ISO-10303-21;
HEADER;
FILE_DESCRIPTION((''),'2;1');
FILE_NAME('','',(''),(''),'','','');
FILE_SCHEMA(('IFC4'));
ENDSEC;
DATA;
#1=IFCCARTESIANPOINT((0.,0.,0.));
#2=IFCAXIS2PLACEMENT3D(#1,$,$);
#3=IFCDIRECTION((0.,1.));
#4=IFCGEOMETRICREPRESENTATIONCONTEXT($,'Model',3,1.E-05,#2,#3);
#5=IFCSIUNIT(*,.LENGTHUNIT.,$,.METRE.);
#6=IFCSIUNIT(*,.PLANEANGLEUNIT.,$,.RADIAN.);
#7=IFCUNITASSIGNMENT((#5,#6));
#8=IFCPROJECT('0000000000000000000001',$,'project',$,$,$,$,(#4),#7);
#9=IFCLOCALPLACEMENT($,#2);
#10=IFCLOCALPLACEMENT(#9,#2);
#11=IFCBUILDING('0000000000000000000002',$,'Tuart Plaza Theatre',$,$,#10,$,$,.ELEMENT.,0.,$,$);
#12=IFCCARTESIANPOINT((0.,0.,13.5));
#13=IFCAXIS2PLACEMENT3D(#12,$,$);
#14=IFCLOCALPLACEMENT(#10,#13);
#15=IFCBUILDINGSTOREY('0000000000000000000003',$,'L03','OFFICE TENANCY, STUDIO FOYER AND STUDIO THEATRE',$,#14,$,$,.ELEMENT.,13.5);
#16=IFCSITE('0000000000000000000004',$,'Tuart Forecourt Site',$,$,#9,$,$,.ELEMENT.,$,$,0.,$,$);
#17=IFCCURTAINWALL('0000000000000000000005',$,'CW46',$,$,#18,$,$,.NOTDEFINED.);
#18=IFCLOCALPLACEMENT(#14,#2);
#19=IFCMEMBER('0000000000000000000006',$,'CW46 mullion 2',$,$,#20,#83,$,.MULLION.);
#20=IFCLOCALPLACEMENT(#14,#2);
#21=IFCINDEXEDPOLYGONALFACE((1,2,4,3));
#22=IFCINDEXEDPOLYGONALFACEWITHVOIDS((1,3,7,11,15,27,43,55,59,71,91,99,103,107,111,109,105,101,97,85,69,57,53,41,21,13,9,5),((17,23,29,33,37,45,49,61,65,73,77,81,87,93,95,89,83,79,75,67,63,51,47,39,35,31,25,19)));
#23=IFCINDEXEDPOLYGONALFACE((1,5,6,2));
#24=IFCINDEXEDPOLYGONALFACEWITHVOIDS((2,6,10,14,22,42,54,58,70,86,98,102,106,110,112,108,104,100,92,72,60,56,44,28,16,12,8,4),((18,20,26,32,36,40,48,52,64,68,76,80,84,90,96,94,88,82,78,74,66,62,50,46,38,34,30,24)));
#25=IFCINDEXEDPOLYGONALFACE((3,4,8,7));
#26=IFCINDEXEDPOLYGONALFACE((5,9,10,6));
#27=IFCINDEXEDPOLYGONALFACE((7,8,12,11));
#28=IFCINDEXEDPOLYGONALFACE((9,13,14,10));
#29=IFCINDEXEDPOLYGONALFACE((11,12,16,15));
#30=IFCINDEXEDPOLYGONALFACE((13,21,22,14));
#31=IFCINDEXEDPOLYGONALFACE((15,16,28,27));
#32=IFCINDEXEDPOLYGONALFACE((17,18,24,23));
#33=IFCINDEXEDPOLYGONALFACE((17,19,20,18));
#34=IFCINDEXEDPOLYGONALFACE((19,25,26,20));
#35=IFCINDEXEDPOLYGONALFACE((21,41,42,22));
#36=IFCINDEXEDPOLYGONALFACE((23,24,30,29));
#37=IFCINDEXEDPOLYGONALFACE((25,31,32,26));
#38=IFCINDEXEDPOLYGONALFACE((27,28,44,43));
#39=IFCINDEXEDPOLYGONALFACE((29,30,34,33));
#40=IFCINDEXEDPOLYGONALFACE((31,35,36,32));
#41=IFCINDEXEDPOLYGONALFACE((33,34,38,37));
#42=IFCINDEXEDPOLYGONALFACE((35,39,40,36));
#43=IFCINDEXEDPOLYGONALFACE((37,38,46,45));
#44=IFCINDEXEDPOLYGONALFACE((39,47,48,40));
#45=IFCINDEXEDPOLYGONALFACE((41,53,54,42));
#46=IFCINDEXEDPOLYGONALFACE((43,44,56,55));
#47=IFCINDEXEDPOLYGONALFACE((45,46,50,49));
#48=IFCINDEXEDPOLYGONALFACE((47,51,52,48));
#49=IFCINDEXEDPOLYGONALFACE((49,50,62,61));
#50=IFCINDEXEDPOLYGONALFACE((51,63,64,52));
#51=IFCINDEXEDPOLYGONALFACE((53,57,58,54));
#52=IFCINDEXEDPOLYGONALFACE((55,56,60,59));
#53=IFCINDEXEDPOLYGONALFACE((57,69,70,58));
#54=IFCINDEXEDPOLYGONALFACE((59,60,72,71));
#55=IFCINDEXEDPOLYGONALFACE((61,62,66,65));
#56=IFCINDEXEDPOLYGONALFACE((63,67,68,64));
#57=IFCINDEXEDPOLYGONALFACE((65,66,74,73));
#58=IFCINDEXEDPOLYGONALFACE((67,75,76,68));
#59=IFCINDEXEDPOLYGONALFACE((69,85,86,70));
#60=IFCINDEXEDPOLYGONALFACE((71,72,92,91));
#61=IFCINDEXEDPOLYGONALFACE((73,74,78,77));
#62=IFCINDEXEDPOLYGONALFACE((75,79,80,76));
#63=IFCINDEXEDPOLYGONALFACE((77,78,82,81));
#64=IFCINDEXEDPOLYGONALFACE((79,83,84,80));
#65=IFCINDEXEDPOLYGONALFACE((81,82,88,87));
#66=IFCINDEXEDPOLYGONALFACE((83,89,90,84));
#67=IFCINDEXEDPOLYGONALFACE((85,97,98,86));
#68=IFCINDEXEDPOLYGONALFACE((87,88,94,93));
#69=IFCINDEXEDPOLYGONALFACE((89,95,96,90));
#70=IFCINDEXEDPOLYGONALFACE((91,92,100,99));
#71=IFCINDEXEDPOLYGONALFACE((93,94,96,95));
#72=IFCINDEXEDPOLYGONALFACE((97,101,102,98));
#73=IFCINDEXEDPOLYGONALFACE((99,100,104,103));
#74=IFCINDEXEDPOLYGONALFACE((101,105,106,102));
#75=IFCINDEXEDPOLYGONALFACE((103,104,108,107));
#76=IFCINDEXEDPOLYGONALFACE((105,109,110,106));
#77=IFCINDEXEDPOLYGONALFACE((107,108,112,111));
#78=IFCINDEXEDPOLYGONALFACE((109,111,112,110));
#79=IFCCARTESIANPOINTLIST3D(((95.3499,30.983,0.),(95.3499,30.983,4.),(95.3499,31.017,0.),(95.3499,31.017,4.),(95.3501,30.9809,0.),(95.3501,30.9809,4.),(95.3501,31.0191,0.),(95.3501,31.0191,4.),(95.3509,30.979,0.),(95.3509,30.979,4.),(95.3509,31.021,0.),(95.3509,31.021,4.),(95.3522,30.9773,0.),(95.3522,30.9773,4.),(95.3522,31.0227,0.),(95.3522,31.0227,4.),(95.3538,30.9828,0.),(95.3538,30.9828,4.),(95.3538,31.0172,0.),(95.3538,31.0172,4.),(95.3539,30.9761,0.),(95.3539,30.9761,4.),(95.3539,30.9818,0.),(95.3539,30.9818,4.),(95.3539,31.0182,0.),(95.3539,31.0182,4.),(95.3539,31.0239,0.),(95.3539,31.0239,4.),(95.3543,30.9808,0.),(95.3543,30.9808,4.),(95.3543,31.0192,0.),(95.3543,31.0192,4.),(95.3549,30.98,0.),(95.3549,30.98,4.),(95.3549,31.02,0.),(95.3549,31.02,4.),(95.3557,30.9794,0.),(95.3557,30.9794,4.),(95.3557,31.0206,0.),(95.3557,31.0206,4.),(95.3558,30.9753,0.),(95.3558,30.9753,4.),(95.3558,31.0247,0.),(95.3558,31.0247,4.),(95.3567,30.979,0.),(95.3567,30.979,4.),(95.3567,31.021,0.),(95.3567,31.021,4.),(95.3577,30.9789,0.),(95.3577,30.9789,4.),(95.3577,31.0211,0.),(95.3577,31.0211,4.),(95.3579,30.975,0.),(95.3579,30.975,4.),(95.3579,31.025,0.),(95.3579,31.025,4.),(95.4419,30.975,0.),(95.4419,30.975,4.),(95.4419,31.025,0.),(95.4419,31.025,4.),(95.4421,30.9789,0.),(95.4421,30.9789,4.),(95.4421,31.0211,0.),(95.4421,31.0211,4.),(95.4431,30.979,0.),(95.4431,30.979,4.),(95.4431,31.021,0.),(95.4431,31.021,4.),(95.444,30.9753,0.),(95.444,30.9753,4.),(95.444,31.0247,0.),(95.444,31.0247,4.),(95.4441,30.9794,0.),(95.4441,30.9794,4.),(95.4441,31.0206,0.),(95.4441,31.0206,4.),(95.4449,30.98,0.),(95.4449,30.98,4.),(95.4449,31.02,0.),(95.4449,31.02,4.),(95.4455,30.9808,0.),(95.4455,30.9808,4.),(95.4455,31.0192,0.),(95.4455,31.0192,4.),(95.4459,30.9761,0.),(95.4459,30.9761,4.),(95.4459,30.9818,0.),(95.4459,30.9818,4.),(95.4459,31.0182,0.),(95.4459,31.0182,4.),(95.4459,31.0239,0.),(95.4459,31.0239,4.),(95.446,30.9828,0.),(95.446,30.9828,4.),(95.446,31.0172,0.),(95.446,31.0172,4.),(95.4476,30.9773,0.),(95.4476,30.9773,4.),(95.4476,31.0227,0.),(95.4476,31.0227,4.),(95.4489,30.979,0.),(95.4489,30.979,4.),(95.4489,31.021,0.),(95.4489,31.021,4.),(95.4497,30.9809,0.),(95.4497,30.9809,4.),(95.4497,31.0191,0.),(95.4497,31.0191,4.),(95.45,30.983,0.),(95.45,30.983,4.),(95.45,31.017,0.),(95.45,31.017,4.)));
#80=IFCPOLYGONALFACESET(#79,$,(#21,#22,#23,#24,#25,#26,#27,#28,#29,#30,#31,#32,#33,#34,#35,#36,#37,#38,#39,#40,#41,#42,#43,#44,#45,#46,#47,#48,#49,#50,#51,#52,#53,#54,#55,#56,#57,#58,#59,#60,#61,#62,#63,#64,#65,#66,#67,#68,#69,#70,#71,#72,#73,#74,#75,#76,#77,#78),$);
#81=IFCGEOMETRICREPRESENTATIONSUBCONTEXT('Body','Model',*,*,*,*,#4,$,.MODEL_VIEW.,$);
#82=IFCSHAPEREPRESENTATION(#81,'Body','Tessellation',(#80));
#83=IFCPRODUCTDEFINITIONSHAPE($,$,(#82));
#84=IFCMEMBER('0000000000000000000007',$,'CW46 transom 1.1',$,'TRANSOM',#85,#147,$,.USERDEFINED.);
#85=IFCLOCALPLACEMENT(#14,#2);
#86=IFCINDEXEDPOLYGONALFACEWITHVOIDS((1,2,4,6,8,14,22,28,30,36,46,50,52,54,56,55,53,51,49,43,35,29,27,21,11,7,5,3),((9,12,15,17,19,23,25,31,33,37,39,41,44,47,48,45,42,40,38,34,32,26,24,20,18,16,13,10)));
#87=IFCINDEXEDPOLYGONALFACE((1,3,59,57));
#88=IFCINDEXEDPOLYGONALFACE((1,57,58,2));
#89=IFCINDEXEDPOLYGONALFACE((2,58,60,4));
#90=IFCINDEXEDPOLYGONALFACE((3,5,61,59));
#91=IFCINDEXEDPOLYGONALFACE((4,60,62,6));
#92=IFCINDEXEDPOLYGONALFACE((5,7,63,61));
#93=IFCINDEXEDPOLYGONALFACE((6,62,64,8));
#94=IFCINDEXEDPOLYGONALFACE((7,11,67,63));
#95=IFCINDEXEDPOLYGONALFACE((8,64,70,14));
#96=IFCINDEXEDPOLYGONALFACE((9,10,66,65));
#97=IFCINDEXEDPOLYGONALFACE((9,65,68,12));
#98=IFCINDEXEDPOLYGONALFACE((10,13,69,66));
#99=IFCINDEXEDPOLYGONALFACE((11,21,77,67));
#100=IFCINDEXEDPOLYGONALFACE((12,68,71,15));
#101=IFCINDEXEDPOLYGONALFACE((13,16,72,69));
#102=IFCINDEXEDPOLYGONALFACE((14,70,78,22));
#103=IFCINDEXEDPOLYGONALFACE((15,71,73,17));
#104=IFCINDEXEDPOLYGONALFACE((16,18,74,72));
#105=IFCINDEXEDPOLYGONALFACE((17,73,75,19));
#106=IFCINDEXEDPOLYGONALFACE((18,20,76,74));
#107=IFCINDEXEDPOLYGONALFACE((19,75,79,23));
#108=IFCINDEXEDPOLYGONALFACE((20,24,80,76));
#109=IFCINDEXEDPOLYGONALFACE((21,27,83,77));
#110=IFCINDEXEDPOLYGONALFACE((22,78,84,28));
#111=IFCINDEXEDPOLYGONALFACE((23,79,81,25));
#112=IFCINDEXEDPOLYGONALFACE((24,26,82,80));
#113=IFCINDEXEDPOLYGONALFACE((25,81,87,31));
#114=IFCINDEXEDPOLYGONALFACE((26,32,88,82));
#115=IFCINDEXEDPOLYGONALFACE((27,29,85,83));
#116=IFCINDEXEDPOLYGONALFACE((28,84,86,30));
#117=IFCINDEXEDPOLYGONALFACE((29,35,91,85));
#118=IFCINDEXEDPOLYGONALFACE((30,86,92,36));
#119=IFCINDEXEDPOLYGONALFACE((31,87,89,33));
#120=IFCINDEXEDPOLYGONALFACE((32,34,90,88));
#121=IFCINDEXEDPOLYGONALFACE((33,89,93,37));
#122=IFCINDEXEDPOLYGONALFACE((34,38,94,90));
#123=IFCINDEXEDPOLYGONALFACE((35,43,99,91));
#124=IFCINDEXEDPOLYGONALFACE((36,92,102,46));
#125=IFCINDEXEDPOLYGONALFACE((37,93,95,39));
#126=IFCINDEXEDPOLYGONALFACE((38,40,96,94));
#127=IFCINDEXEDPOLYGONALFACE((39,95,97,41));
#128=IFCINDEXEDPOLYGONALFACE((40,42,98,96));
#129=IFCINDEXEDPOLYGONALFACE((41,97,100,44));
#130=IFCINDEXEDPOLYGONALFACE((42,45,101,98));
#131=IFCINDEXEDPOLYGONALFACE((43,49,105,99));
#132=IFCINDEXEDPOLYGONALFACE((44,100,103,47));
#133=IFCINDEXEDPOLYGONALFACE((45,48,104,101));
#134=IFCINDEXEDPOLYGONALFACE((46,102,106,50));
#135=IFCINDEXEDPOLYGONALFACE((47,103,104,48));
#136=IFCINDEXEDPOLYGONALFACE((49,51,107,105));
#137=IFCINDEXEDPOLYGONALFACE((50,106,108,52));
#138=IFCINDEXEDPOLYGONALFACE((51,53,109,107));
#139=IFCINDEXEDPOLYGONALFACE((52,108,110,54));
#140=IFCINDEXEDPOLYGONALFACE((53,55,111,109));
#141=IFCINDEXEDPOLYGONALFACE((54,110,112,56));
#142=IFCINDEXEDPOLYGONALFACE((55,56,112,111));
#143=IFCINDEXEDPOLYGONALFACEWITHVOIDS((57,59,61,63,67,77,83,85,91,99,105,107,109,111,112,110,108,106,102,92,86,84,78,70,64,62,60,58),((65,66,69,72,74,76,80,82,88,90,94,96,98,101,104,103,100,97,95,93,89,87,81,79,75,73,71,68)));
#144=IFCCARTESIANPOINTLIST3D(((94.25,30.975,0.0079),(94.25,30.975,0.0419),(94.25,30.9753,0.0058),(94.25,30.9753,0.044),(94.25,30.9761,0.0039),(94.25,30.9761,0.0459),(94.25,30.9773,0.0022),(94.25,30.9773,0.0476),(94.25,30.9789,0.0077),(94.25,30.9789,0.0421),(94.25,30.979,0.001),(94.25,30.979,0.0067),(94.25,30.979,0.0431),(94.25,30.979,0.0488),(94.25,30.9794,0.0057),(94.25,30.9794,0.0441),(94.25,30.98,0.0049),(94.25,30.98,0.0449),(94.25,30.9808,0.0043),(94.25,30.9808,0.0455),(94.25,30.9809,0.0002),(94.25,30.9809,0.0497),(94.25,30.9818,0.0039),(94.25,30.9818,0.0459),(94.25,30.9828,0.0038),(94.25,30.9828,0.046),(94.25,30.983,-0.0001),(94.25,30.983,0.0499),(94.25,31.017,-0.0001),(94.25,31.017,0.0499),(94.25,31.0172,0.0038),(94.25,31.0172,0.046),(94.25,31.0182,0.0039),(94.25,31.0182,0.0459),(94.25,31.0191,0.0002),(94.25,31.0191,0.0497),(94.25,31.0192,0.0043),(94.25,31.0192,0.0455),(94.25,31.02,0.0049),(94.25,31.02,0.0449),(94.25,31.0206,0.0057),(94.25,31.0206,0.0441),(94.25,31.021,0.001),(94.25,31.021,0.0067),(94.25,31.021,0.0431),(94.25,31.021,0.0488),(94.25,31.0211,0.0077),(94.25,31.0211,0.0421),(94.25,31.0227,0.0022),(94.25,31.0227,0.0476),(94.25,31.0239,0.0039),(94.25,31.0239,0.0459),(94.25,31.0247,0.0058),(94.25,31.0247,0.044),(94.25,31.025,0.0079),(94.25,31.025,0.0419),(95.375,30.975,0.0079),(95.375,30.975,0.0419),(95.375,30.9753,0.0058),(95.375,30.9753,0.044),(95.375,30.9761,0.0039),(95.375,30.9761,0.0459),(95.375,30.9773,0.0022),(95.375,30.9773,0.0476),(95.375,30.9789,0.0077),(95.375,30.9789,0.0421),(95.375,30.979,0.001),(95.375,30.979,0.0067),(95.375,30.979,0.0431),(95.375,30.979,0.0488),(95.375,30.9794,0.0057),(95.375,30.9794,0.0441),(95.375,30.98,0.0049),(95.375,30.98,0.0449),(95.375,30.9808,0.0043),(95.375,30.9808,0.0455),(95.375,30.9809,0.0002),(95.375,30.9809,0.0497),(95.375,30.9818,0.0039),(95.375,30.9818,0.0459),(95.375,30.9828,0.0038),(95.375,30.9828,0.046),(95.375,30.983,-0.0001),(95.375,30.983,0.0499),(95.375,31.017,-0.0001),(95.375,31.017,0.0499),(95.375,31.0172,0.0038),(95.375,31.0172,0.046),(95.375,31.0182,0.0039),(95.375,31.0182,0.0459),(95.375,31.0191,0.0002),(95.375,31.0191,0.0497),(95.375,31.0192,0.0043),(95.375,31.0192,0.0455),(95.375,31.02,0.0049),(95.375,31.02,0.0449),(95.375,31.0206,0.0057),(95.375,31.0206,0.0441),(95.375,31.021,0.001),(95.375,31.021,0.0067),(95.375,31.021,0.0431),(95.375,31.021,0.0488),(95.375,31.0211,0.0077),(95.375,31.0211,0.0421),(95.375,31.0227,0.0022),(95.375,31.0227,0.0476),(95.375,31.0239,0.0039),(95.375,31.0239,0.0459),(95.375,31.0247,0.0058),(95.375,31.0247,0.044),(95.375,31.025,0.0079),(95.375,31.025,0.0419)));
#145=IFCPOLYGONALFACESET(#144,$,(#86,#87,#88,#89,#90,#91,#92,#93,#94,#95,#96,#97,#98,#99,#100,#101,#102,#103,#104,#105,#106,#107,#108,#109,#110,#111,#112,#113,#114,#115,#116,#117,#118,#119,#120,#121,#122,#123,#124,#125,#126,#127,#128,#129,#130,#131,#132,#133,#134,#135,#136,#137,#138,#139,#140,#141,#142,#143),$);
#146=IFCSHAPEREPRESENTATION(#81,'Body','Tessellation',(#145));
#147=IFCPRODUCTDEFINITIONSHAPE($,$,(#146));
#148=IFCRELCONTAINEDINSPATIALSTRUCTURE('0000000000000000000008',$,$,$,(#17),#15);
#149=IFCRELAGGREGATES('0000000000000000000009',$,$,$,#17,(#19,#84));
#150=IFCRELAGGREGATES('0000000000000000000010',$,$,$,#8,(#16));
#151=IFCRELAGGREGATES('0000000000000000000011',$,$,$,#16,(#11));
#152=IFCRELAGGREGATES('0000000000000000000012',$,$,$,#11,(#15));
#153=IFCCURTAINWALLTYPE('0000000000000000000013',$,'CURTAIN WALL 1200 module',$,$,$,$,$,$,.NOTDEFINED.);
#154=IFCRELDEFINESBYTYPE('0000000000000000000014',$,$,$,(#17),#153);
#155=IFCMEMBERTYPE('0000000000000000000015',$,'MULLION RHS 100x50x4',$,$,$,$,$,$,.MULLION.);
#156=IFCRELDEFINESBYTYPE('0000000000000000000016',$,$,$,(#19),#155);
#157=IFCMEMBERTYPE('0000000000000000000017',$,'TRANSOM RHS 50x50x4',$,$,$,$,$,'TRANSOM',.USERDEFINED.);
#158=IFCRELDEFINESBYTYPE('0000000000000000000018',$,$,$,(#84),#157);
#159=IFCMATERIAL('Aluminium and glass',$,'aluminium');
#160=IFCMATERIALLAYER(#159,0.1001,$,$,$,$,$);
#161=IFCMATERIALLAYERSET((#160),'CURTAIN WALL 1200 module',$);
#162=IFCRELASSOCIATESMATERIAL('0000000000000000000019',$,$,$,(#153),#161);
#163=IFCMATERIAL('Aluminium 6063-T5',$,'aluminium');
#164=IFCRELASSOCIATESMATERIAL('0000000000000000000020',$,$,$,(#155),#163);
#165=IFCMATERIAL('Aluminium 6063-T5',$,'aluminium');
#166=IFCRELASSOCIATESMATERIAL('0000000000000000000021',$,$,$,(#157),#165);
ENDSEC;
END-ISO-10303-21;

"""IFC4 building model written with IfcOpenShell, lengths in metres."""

from ifc_helpers import new_model, si_unit, direction, frame, origin, origin_2d, place, context, subcontext, project, spatial, hollow_rectangle, extrude, material, layer, layer_set, material_profile, profile_set, type_object, element, aggregate, save


model = new_model("IFC4")

# Units and contexts
model_context = context("Model", 3, precision=1e-05, world=origin(), true_north=direction((0.0, 1.0)))
body_context = subcontext(model_context, "Body", "Model", "MODEL_VIEW")
ifc_project = project(units=[si_unit("LENGTHUNIT", "METRE"), si_unit("PLANEANGLEUNIT", "RADIAN")], contexts=[model_context])

# Site, building, storey
site_placement = place(None, origin())
site = spatial("IfcSite", under=ifc_project, at=site_placement, Name="Tuart Forecourt Site", CompositionType="ELEMENT", RefElevation=0.0)
building_placement = place(site_placement, origin())
building = spatial("IfcBuilding", under=site, at=building_placement, Name="Tuart Plaza Theatre", CompositionType="ELEMENT", ElevationOfRefHeight=0.0)
storey_placement = place(building_placement, frame((0.0, 0.0, 13.5)))
storey = spatial("IfcBuildingStorey", under=building, at=storey_placement, Name="L03", Description="OFFICE TENANCY, STUDIO FOYER AND STUDIO THEATRE", CompositionType="ELEMENT", Elevation=13.5)

# Curtain wall, members
ifc_material_1 = material(Name="Aluminium and glass", Category="aluminium")
ifc_layer_1 = layer(ifc_material_1, 0.1001)
ifc_layer_set_1 = layer_set([ifc_layer_1], Name="CURTAIN WALL 1200 module")
curtain_wall_type = type_object("IfcCurtainWallType", Name="CURTAIN WALL 1200 module", PredefinedType="NOTDEFINED", material=ifc_layer_set_1)
curtain_wall_placement = place(storey_placement, origin())
curtain_wall = element("IfcCurtainWall", 1, at=curtain_wall_placement, inside=storey, type_object=curtain_wall_type, Name="CW46", PredefinedType="NOTDEFINED")
ifc_material_2 = material(Name="Aluminium 6063-T5", Category="aluminium")
ifc_material_profile_1 = material_profile(ifc_material_2, hollow_rectangle(XDim=0.05, YDim=0.1001, WallThickness=0.0039, InnerFilletRadius=0.0039, OuterFilletRadius=0.0081, at=origin_2d()), Name="RHS 100x50x4")
ifc_profile_set_1 = profile_set([ifc_material_profile_1], Name="Aluminium 6063-T5")
member_type_1 = type_object("IfcMemberType", Name="MULLION RHS 100x50x4", PredefinedType="MULLION", material=ifc_profile_set_1)
member_1_placement = place(storey_placement, frame((95.3999, 31.0, 0.0), z_axis=(0.0, 0.0, 1.0), x_axis=(0.0, 1.0, 0.0)))
member_1 = element("IfcMember", 2, at=member_1_placement, type_object=member_type_1, Name="CW46 mullion 2", PredefinedType="MULLION", context=body_context, shape_type="SweptSolid", body=[
    extrude(hollow_rectangle(XDim=0.05, YDim=0.1001, WallThickness=0.0039, InnerFilletRadius=0.0039, OuterFilletRadius=0.0081, at=origin_2d()), origin(), (0.0, 0.0, 1.0), 4.0),
])
ifc_material_3 = material(Name="Aluminium 6063-T5", Category="aluminium")
ifc_material_profile_2 = material_profile(ifc_material_3, hollow_rectangle(XDim=0.05, YDim=0.05, WallThickness=0.0039, InnerFilletRadius=0.0039, OuterFilletRadius=0.0081, at=origin_2d()), Name="RHS 50x50x4")
ifc_profile_set_2 = profile_set([ifc_material_profile_2], Name="Aluminium 6063-T5")
member_type_2 = type_object("IfcMemberType", Name="TRANSOM RHS 50x50x4", ElementType="TRANSOM", PredefinedType="USERDEFINED", material=ifc_profile_set_2)
member_2_placement = place(storey_placement, frame((94.25, 31.0, 0.0249), z_axis=(1.0, 0.0, 0.0), x_axis=(0.0, 1.0, 0.0)))
member_2 = element("IfcMember", 3, at=member_2_placement, type_object=member_type_2, Name="CW46 transom 1.1", ObjectType="TRANSOM", PredefinedType="USERDEFINED", context=body_context, shape_type="SweptSolid", body=[
    extrude(hollow_rectangle(XDim=0.05, YDim=0.05, WallThickness=0.0039, InnerFilletRadius=0.0039, OuterFilletRadius=0.0081, at=origin_2d()), origin(), (0.0, 0.0, 1.0), 1.125),
])
aggregate(curtain_wall, [member_1, member_2])

save(model, "model.ifc")
